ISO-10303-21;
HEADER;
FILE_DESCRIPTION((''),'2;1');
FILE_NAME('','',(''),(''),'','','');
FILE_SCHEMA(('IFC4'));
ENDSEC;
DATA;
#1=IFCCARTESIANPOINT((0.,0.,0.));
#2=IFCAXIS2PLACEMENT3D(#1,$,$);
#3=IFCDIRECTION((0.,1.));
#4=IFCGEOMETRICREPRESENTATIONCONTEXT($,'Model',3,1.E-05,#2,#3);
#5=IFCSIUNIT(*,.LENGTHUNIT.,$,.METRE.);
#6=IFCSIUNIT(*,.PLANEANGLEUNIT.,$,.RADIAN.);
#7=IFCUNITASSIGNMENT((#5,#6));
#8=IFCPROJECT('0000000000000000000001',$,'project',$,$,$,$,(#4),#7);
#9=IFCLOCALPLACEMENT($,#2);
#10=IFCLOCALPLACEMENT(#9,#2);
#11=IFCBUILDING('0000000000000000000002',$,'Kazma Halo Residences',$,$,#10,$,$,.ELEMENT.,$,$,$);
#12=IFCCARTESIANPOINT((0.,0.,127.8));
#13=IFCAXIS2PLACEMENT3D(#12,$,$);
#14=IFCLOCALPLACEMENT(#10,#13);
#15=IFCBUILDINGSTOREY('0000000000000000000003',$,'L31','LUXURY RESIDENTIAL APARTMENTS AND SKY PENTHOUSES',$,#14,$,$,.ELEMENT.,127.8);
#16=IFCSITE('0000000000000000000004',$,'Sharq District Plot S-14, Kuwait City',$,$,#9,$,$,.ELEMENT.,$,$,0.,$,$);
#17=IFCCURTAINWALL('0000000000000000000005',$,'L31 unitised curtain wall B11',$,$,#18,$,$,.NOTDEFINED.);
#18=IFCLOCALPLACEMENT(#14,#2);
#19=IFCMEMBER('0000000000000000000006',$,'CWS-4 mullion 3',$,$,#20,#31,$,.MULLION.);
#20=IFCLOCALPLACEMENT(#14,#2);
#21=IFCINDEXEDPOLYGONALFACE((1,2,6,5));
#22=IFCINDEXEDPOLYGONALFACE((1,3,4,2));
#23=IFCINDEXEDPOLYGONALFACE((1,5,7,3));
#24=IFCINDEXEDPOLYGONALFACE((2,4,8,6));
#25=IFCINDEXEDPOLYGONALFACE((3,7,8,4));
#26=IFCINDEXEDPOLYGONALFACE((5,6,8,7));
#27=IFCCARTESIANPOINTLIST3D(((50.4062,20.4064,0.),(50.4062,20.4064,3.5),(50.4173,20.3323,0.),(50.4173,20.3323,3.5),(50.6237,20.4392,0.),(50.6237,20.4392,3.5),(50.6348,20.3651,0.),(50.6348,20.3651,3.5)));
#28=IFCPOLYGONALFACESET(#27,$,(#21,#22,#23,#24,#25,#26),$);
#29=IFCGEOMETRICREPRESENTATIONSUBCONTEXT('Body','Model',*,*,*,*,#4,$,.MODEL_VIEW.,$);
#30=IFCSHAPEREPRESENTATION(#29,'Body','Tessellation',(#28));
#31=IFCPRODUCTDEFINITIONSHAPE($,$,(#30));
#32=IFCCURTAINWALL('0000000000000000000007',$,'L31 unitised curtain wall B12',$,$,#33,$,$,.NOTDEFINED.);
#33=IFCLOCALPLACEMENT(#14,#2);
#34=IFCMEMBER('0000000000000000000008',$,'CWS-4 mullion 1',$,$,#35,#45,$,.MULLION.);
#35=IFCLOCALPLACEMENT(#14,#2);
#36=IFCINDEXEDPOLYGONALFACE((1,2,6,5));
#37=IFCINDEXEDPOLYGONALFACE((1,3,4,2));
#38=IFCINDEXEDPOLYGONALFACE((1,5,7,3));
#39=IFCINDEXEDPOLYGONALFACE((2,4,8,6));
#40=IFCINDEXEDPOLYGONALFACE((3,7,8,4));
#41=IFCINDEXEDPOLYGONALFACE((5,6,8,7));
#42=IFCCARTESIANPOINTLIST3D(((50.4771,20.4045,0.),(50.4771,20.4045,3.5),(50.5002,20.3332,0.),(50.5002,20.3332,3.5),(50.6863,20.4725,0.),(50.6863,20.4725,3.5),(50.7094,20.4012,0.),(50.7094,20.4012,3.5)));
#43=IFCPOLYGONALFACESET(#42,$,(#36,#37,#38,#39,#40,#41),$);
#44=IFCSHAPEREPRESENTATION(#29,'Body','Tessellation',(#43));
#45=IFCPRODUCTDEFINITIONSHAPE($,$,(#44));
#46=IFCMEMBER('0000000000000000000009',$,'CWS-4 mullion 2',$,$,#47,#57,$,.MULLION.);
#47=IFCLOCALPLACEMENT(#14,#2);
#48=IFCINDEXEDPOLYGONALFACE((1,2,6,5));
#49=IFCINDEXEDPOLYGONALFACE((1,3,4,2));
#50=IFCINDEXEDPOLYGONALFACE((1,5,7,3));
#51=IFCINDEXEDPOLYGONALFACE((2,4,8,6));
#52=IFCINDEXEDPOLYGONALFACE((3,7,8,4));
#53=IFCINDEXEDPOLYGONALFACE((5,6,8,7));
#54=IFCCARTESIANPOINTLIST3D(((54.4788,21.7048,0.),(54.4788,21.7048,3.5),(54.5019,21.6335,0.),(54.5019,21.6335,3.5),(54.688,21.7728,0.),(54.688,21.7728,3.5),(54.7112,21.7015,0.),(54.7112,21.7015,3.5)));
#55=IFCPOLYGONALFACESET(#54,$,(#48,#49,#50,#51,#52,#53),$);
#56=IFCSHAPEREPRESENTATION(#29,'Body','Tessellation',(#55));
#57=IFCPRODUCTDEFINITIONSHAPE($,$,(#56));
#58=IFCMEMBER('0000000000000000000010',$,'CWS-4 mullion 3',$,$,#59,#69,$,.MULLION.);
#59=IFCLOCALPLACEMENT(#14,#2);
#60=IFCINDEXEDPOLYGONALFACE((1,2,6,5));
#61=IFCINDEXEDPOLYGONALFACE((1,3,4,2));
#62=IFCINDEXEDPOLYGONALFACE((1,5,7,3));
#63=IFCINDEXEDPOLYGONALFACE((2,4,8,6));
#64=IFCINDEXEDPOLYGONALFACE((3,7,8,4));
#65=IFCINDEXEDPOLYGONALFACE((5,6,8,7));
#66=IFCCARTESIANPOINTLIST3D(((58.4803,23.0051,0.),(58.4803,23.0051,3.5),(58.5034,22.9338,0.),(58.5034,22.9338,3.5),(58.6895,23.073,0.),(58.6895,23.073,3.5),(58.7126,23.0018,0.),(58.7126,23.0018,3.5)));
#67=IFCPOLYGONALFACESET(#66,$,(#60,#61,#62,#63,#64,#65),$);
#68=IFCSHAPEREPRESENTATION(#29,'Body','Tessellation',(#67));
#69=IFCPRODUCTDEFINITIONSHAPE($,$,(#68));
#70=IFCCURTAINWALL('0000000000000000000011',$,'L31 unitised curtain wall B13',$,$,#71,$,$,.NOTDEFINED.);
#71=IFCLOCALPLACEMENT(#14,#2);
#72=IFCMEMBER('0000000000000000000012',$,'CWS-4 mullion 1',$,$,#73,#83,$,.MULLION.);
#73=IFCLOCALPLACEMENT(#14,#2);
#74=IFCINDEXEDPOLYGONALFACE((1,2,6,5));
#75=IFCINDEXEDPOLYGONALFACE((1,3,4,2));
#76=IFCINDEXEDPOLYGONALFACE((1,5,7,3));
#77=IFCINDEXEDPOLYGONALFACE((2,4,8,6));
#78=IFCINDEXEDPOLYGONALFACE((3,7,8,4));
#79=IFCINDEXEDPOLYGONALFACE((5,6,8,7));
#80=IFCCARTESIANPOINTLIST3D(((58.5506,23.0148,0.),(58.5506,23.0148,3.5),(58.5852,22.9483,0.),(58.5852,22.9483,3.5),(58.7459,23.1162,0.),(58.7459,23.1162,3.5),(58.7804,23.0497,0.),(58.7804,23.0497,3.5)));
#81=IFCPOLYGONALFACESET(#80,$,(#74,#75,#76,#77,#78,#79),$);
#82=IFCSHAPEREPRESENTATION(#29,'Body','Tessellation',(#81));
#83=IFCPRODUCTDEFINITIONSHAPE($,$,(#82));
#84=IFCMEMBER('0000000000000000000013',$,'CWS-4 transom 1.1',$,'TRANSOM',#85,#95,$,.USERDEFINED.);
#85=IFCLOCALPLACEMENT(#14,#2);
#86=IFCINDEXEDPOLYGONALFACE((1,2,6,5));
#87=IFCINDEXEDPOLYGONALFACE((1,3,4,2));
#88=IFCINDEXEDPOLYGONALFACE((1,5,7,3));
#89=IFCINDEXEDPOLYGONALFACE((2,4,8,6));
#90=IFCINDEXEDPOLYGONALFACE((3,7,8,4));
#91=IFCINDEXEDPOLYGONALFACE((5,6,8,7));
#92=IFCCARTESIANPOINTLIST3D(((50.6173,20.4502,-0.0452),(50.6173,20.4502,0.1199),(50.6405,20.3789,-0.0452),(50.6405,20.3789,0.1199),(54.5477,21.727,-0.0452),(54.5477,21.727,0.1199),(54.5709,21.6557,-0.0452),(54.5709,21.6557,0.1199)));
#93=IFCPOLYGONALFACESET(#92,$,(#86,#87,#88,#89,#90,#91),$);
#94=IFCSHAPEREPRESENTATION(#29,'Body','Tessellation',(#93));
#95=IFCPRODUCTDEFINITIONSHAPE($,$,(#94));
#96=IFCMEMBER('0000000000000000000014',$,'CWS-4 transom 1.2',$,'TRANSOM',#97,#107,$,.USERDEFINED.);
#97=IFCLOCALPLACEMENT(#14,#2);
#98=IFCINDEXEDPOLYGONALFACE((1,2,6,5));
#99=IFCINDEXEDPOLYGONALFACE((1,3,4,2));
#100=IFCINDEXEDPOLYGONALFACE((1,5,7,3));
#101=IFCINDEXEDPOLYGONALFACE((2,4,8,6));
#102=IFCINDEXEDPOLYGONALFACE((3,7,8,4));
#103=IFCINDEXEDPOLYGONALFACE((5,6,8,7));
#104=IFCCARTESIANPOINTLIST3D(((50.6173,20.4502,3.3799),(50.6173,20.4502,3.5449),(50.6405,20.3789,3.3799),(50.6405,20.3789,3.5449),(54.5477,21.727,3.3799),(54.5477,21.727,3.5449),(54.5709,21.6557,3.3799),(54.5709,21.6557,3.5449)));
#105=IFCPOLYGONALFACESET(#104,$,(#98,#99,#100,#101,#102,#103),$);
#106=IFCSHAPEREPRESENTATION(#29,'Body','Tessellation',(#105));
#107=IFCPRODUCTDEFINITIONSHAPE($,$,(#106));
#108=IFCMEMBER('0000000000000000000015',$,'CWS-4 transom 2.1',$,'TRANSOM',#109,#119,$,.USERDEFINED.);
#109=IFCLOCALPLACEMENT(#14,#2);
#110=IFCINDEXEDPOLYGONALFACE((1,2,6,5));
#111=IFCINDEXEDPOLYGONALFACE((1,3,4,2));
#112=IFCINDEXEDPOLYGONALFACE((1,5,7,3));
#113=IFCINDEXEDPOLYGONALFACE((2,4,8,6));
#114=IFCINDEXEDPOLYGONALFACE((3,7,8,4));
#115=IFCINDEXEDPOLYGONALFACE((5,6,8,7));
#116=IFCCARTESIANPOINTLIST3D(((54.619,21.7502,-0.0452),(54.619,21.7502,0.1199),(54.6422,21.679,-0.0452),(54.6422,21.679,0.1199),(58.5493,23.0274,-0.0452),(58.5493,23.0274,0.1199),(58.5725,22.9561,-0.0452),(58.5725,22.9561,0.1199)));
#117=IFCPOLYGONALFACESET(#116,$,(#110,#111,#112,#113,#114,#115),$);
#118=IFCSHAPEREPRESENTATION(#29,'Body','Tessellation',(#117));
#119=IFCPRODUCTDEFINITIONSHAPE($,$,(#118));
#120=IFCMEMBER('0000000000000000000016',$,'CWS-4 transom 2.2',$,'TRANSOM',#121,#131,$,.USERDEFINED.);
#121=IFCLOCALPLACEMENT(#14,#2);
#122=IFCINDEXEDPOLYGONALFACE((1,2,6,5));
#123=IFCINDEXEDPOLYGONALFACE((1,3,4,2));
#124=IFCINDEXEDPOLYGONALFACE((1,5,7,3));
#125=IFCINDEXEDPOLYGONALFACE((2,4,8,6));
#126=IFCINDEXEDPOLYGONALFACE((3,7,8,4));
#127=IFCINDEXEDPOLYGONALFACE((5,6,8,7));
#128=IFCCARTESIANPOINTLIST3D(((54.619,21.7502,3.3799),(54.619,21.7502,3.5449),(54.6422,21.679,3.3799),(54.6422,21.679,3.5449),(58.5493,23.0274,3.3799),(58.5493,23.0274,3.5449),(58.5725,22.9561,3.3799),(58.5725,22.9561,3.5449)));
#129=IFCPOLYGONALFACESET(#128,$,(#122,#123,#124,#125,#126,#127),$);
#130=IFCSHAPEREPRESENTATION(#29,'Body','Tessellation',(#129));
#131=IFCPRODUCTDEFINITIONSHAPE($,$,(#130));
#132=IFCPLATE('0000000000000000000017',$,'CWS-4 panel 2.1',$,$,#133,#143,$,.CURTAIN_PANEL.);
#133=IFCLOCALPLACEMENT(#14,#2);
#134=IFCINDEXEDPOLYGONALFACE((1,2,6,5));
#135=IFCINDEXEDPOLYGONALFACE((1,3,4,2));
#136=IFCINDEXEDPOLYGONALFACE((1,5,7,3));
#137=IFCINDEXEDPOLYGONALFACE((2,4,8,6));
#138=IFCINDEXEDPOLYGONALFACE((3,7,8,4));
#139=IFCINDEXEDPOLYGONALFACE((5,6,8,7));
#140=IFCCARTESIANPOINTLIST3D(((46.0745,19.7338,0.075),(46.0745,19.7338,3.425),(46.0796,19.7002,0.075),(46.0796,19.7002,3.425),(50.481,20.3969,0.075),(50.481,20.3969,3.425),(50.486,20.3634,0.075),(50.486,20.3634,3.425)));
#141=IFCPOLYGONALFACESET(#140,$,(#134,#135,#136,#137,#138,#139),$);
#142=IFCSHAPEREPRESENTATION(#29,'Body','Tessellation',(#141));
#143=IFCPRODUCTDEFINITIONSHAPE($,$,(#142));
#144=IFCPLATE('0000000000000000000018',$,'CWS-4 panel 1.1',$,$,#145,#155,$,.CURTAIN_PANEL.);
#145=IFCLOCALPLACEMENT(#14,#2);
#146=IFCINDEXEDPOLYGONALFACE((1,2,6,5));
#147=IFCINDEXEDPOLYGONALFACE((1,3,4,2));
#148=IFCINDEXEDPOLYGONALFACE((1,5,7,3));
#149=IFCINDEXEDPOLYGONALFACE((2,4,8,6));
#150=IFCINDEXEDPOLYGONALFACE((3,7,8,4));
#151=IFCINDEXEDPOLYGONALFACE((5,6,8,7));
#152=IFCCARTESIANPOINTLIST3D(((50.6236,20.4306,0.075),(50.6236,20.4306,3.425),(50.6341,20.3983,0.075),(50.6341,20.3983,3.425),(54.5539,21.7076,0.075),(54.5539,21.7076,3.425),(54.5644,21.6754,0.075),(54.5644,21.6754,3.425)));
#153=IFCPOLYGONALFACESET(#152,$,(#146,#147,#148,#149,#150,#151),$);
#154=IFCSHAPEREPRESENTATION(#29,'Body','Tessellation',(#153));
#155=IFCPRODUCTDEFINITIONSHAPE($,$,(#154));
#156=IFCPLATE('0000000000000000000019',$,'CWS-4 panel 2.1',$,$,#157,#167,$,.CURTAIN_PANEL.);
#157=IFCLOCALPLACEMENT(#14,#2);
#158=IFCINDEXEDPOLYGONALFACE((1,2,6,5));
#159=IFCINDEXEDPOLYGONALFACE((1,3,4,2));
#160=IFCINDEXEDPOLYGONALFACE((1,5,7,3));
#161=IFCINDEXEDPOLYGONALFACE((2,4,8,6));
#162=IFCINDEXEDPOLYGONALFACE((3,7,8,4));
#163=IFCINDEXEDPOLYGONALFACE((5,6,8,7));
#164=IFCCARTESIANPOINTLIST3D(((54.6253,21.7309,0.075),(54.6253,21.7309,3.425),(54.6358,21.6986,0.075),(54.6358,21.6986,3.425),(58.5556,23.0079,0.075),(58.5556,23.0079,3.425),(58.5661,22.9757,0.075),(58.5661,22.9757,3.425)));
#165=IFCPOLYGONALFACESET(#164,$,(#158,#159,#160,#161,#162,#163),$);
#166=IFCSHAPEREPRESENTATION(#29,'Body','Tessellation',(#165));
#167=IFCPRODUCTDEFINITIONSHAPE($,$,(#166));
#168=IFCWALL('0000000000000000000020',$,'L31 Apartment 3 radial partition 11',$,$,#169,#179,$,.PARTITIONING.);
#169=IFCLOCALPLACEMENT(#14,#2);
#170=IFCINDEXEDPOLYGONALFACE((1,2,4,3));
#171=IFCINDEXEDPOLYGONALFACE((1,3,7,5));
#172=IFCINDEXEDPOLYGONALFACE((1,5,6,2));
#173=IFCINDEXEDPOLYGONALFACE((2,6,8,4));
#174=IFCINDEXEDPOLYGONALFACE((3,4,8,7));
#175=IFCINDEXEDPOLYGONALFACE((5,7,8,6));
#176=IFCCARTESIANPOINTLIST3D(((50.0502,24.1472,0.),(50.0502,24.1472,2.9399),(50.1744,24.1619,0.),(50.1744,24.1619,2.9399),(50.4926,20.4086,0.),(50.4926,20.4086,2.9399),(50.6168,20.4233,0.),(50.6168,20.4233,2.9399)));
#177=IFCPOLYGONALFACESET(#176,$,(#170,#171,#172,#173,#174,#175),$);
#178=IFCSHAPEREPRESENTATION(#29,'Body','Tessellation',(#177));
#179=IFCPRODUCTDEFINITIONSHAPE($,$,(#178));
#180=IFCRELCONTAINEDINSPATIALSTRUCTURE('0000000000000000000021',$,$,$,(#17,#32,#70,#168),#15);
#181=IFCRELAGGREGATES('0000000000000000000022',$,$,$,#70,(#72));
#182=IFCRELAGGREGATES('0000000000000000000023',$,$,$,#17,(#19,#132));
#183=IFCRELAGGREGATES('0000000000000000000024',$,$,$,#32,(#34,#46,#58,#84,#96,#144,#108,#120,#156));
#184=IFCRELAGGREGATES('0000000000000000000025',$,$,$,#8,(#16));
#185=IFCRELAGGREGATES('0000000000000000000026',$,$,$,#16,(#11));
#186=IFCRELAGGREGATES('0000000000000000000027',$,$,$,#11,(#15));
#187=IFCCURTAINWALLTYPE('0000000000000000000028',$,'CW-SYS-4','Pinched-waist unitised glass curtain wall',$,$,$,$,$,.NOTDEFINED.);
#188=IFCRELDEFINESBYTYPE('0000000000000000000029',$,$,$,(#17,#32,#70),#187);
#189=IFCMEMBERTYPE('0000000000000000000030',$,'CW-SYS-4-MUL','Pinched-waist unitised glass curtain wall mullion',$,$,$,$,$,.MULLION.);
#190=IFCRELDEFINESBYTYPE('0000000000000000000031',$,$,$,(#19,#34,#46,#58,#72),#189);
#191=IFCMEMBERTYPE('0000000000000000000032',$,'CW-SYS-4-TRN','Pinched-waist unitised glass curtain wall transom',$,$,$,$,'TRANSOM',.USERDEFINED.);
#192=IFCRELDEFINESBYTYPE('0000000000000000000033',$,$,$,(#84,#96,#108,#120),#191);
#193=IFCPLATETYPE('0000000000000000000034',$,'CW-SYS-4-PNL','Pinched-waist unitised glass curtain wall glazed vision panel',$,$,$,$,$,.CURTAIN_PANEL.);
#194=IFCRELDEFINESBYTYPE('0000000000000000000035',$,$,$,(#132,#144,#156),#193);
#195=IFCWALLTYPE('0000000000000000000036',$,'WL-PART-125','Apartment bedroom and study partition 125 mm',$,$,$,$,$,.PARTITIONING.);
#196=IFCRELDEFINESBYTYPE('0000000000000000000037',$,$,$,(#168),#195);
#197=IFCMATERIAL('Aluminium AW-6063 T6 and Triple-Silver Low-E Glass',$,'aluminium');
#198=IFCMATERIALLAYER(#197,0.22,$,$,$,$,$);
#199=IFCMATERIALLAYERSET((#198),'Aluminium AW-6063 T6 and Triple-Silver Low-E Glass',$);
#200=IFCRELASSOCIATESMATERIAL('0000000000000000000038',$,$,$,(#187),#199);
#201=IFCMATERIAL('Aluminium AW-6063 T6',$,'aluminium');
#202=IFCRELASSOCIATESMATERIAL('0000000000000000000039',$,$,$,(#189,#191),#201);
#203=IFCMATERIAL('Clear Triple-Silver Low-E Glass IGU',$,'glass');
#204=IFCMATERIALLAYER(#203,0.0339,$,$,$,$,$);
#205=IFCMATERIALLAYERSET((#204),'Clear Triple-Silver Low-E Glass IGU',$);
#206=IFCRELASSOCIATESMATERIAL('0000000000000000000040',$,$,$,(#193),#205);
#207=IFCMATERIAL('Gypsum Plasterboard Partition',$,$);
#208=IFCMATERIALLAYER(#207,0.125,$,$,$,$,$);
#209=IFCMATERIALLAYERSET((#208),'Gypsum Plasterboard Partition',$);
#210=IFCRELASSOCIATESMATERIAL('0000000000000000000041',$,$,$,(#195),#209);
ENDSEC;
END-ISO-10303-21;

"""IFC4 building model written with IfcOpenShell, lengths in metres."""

from ifc_helpers import new_model, si_unit, direction, frame, frame_2d, origin, origin_2d, place, context, subcontext, project, spatial, rectangle, extrude, material, layer, layer_set, material_profile, profile_set, type_object, element, aggregate, save


model = new_model("IFC4")

# Units and contexts
model_context = context("Model", 3, precision=1e-05, world=origin(), true_north=direction((0.0, 1.0)))
body_context = subcontext(model_context, "Body", "Model", "MODEL_VIEW")
ifc_project = project(units=[si_unit("LENGTHUNIT", "METRE"), si_unit("PLANEANGLEUNIT", "RADIAN")], contexts=[model_context])

# Site, building, storey
site_placement = place(None, origin())
site = spatial("IfcSite", under=ifc_project, at=site_placement, Name="Sharq District Plot S-14, Kuwait City", CompositionType="ELEMENT", RefElevation=0.0)
building_placement = place(site_placement, origin())
building = spatial("IfcBuilding", under=site, at=building_placement, Name="Kazma Halo Residences", CompositionType="ELEMENT")
storey_placement = place(building_placement, frame((0.0, 0.0, 127.8)))
storey = spatial("IfcBuildingStorey", under=building, at=storey_placement, Name="L31", Description="LUXURY RESIDENTIAL APARTMENTS AND SKY PENTHOUSES", CompositionType="ELEMENT", Elevation=127.8)

# Curtain wall, member
ifc_material_1 = material(Name="Aluminium AW-6063 T6 and Triple-Silver Low-E Glass", Category="aluminium")
ifc_layer_1 = layer(ifc_material_1, 0.22)
ifc_layer_set_1 = layer_set([ifc_layer_1], Name="Aluminium AW-6063 T6 and Triple-Silver Low-E Glass")
curtain_wall_type = type_object("IfcCurtainWallType", Name="CW-SYS-4", Description="Pinched-waist unitised glass curtain wall", PredefinedType="NOTDEFINED", material=ifc_layer_set_1)
curtain_wall_1_placement = place(storey_placement, origin())
curtain_wall_1 = element("IfcCurtainWall", 1, at=curtain_wall_1_placement, inside=storey, type_object=curtain_wall_type, Name="L31 unitised curtain wall B11", PredefinedType="NOTDEFINED")
ifc_material_2 = material(Name="Aluminium AW-6063 T6", Category="aluminium")
ifc_material_profile_1 = material_profile(ifc_material_2, rectangle(XDim=0.075, YDim=0.22, at=origin_2d()), Name="CWM-75x220")
ifc_profile_set_1 = profile_set([ifc_material_profile_1], Name="Aluminium AW-6063 T6")
member_type_1 = type_object("IfcMemberType", Name="CW-SYS-4-MUL", Description="Pinched-waist unitised glass curtain wall mullion", PredefinedType="MULLION", material=ifc_profile_set_1)
member_1_placement = place(storey_placement, frame((50.5205, 20.3857, 0.0), z_axis=(0.0, 0.0, 1.0), x_axis=(-0.148821, 0.988864, 0.0)))
member_1 = element("IfcMember", 2, at=member_1_placement, type_object=member_type_1, Name="CWS-4 mullion 3", PredefinedType="MULLION", context=body_context, shape_type="SweptSolid", body=[
    extrude(rectangle(XDim=0.075, YDim=0.22, at=origin_2d()), origin(), (0.0, 0.0, 1.0), 3.5),
])

# Curtain wall, members
curtain_wall_2_placement = place(storey_placement, origin())
curtain_wall_2 = element("IfcCurtainWall", 3, at=curtain_wall_2_placement, inside=storey, type_object=curtain_wall_type, Name="L31 unitised curtain wall B12", PredefinedType="NOTDEFINED")
member_2_placement = place(storey_placement, frame((50.5933, 20.4028, 0.0), z_axis=(0.0, 0.0, 1.0), x_axis=(-0.309017, 0.951056, 0.0)))
member_2 = element("IfcMember", 4, at=member_2_placement, type_object=member_type_1, Name="CWS-4 mullion 1", PredefinedType="MULLION", context=body_context, shape_type="SweptSolid", body=[
    extrude(rectangle(XDim=0.075, YDim=0.22, at=origin_2d()), origin(), (0.0, 0.0, 1.0), 3.5),
])
member_3_placement = place(storey_placement, frame((54.595, 21.7031, 0.0), z_axis=(0.0, 0.0, 1.0), x_axis=(-0.309017, 0.951056, 0.0)))
member_3 = element("IfcMember", 5, at=member_3_placement, type_object=member_type_1, Name="CWS-4 mullion 2", PredefinedType="MULLION", context=body_context, shape_type="SweptSolid", body=[
    extrude(rectangle(XDim=0.075, YDim=0.22, at=origin_2d()), origin(), (0.0, 0.0, 1.0), 3.5),
])
member_4_placement = place(storey_placement, frame((58.5964, 23.0034, 0.0), z_axis=(0.0, 0.0, 1.0), x_axis=(-0.309017, 0.951056, 0.0)))
member_4 = element("IfcMember", 6, at=member_4_placement, type_object=member_type_1, Name="CWS-4 mullion 3", PredefinedType="MULLION", context=body_context, shape_type="SweptSolid", body=[
    extrude(rectangle(XDim=0.075, YDim=0.22, at=origin_2d()), origin(), (0.0, 0.0, 1.0), 3.5),
])

# Curtain wall, member
curtain_wall_3_placement = place(storey_placement, origin())
curtain_wall_3 = element("IfcCurtainWall", 7, at=curtain_wall_3_placement, inside=storey, type_object=curtain_wall_type, Name="L31 unitised curtain wall B13", PredefinedType="NOTDEFINED")
member_5_placement = place(storey_placement, frame((58.6655, 23.0322, 0.0), z_axis=(0.0, 0.0, 1.0), x_axis=(-0.460837, 0.887485, 0.0)))
member_5 = element("IfcMember", 8, at=member_5_placement, type_object=member_type_1, Name="CWS-4 mullion 1", PredefinedType="MULLION", context=body_context, shape_type="SweptSolid", body=[
    extrude(rectangle(XDim=0.075, YDim=0.22, at=origin_2d()), origin(), (0.0, 0.0, 1.0), 3.5),
])
aggregate(curtain_wall_3, [member_5])

# Members
ifc_material_profile_2 = material_profile(ifc_material_2, rectangle(XDim=0.075, YDim=0.165, at=origin_2d()), Name="CWT-75x165")
ifc_profile_set_2 = profile_set([ifc_material_profile_2], Name="Aluminium AW-6063 T6")
member_type_2 = type_object("IfcMemberType", Name="CW-SYS-4-TRN", Description="Pinched-waist unitised glass curtain wall transom", ElementType="TRANSOM", PredefinedType="USERDEFINED", material=ifc_profile_set_2)
member_6_placement = place(storey_placement, frame((50.6289, 20.4146, 0.0374), z_axis=(0.951072, 0.30897, 0.0), x_axis=(-0.30897, 0.951072, 0.0)))
member_6 = element("IfcMember", 9, at=member_6_placement, type_object=member_type_2, Name="CWS-4 transom 1.1", ObjectType="TRANSOM", PredefinedType="USERDEFINED", context=body_context, shape_type="SweptSolid", body=[
    extrude(rectangle(XDim=0.075, YDim=0.165, at=origin_2d()), origin(), (0.0, 0.0, 1.0), 4.1326),
])
member_7_placement = place(storey_placement, frame((50.6289, 20.4146, 3.4624), z_axis=(0.951072, 0.30897, 0.0), x_axis=(-0.30897, 0.951072, 0.0)))
member_7 = element("IfcMember", 10, at=member_7_placement, type_object=member_type_2, Name="CWS-4 transom 1.2", ObjectType="TRANSOM", PredefinedType="USERDEFINED", context=body_context, shape_type="SweptSolid", body=[
    extrude(rectangle(XDim=0.075, YDim=0.165, at=origin_2d()), origin(), (0.0, 0.0, 1.0), 4.1326),
])
member_8_placement = place(storey_placement, frame((54.6306, 21.7146, 0.0374), z_axis=(0.951049, 0.309041, 0.0), x_axis=(-0.309041, 0.951049, 0.0)))
member_8 = element("IfcMember", 11, at=member_8_placement, type_object=member_type_2, Name="CWS-4 transom 2.1", ObjectType="TRANSOM", PredefinedType="USERDEFINED", context=body_context, shape_type="SweptSolid", body=[
    extrude(rectangle(XDim=0.075, YDim=0.165, at=origin_2d()), origin(), (0.0, 0.0, 1.0), 4.1326),
])
member_9_placement = place(storey_placement, frame((54.6306, 21.7146, 3.4624), z_axis=(0.951049, 0.309041, 0.0), x_axis=(-0.309041, 0.951049, 0.0)))
member_9 = element("IfcMember", 12, at=member_9_placement, type_object=member_type_2, Name="CWS-4 transom 2.2", ObjectType="TRANSOM", PredefinedType="USERDEFINED", context=body_context, shape_type="SweptSolid", body=[
    extrude(rectangle(XDim=0.075, YDim=0.165, at=origin_2d()), origin(), (0.0, 0.0, 1.0), 4.1326),
])

# Plates
ifc_material_3 = material(Name="Clear Triple-Silver Low-E Glass IGU", Category="glass")
ifc_layer_2 = layer(ifc_material_3, 0.0339)
ifc_layer_set_2 = layer_set([ifc_layer_2], Name="Clear Triple-Silver Low-E Glass IGU")
plate_type = type_object("IfcPlateType", Name="CW-SYS-4-PNL", Description="Pinched-waist unitised glass curtain wall glazed vision panel", PredefinedType="CURTAIN_PANEL", material=ifc_layer_set_2)
plate_1_placement = place(storey_placement, frame((48.2803, 20.0486, 0.075), z_axis=(0.0, 0.0, 1.0), x_axis=(0.988864, 0.148821, 0.0)))
plate_1 = element("IfcPlate", 13, at=plate_1_placement, type_object=plate_type, Name="CWS-4 panel 2.1", PredefinedType="CURTAIN_PANEL", context=body_context, shape_type="SweptSolid", body=[
    extrude(rectangle(XDim=4.4561, YDim=0.0339, at=origin_2d()), origin(), (0.0, 0.0, 1.0), 3.3501),
])
aggregate(curtain_wall_1, [member_1, plate_1])
plate_2_placement = place(storey_placement, frame((52.594, 21.053, 0.075), z_axis=(0.0, 0.0, 1.0), x_axis=(0.951056, 0.309017, 0.0)))
plate_2 = element("IfcPlate", 14, at=plate_2_placement, type_object=plate_type, Name="CWS-4 panel 1.1", PredefinedType="CURTAIN_PANEL", context=body_context, shape_type="SweptSolid", body=[
    extrude(rectangle(XDim=4.1326, YDim=0.0339, at=origin_2d()), origin(), (0.0, 0.0, 1.0), 3.3501),
])
plate_3_placement = place(storey_placement, frame((56.5957, 22.3533, 0.075), z_axis=(0.0, 0.0, 1.0), x_axis=(0.951056, 0.309017, 0.0)))
plate_3 = element("IfcPlate", 15, at=plate_3_placement, type_object=plate_type, Name="CWS-4 panel 2.1", PredefinedType="CURTAIN_PANEL", context=body_context, shape_type="SweptSolid", body=[
    extrude(rectangle(XDim=4.1326, YDim=0.0339, at=origin_2d()), origin(), (0.0, 0.0, 1.0), 3.3501),
])
aggregate(curtain_wall_2, [member_2, member_3, member_4, member_6, member_7, plate_2, member_8, member_9, plate_3])

# Wall
ifc_material_4 = material(Name="Gypsum Plasterboard Partition")
ifc_layer_3 = layer(ifc_material_4, 0.125)
ifc_layer_set_3 = layer_set([ifc_layer_3], Name="Gypsum Plasterboard Partition")
wall_type_1 = type_object("IfcWallType", Name="WL-PART-125", Description="Apartment bedroom and study partition 125 mm", PredefinedType="PARTITIONING", material=ifc_layer_set_3)
wall_1_placement = place(storey_placement, frame((50.1123, 24.1545, 0.0), z_axis=(0.0, 0.0, 1.0), x_axis=(0.117511, -0.993072, 0.0)))
element("IfcWall", 16, at=wall_1_placement, inside=storey, type_object=wall_type_1, Name="L31 Apartment 3 radial partition 11", PredefinedType="PARTITIONING", context=body_context, shape_type="SweptSolid", body=[
    extrude(rectangle(XDim=3.7646, YDim=0.125, at=frame_2d((1.8823, 0.0))), origin(), (0.0, 0.0, 1.0), 2.9399),
])

save(model, "model.ifc")
